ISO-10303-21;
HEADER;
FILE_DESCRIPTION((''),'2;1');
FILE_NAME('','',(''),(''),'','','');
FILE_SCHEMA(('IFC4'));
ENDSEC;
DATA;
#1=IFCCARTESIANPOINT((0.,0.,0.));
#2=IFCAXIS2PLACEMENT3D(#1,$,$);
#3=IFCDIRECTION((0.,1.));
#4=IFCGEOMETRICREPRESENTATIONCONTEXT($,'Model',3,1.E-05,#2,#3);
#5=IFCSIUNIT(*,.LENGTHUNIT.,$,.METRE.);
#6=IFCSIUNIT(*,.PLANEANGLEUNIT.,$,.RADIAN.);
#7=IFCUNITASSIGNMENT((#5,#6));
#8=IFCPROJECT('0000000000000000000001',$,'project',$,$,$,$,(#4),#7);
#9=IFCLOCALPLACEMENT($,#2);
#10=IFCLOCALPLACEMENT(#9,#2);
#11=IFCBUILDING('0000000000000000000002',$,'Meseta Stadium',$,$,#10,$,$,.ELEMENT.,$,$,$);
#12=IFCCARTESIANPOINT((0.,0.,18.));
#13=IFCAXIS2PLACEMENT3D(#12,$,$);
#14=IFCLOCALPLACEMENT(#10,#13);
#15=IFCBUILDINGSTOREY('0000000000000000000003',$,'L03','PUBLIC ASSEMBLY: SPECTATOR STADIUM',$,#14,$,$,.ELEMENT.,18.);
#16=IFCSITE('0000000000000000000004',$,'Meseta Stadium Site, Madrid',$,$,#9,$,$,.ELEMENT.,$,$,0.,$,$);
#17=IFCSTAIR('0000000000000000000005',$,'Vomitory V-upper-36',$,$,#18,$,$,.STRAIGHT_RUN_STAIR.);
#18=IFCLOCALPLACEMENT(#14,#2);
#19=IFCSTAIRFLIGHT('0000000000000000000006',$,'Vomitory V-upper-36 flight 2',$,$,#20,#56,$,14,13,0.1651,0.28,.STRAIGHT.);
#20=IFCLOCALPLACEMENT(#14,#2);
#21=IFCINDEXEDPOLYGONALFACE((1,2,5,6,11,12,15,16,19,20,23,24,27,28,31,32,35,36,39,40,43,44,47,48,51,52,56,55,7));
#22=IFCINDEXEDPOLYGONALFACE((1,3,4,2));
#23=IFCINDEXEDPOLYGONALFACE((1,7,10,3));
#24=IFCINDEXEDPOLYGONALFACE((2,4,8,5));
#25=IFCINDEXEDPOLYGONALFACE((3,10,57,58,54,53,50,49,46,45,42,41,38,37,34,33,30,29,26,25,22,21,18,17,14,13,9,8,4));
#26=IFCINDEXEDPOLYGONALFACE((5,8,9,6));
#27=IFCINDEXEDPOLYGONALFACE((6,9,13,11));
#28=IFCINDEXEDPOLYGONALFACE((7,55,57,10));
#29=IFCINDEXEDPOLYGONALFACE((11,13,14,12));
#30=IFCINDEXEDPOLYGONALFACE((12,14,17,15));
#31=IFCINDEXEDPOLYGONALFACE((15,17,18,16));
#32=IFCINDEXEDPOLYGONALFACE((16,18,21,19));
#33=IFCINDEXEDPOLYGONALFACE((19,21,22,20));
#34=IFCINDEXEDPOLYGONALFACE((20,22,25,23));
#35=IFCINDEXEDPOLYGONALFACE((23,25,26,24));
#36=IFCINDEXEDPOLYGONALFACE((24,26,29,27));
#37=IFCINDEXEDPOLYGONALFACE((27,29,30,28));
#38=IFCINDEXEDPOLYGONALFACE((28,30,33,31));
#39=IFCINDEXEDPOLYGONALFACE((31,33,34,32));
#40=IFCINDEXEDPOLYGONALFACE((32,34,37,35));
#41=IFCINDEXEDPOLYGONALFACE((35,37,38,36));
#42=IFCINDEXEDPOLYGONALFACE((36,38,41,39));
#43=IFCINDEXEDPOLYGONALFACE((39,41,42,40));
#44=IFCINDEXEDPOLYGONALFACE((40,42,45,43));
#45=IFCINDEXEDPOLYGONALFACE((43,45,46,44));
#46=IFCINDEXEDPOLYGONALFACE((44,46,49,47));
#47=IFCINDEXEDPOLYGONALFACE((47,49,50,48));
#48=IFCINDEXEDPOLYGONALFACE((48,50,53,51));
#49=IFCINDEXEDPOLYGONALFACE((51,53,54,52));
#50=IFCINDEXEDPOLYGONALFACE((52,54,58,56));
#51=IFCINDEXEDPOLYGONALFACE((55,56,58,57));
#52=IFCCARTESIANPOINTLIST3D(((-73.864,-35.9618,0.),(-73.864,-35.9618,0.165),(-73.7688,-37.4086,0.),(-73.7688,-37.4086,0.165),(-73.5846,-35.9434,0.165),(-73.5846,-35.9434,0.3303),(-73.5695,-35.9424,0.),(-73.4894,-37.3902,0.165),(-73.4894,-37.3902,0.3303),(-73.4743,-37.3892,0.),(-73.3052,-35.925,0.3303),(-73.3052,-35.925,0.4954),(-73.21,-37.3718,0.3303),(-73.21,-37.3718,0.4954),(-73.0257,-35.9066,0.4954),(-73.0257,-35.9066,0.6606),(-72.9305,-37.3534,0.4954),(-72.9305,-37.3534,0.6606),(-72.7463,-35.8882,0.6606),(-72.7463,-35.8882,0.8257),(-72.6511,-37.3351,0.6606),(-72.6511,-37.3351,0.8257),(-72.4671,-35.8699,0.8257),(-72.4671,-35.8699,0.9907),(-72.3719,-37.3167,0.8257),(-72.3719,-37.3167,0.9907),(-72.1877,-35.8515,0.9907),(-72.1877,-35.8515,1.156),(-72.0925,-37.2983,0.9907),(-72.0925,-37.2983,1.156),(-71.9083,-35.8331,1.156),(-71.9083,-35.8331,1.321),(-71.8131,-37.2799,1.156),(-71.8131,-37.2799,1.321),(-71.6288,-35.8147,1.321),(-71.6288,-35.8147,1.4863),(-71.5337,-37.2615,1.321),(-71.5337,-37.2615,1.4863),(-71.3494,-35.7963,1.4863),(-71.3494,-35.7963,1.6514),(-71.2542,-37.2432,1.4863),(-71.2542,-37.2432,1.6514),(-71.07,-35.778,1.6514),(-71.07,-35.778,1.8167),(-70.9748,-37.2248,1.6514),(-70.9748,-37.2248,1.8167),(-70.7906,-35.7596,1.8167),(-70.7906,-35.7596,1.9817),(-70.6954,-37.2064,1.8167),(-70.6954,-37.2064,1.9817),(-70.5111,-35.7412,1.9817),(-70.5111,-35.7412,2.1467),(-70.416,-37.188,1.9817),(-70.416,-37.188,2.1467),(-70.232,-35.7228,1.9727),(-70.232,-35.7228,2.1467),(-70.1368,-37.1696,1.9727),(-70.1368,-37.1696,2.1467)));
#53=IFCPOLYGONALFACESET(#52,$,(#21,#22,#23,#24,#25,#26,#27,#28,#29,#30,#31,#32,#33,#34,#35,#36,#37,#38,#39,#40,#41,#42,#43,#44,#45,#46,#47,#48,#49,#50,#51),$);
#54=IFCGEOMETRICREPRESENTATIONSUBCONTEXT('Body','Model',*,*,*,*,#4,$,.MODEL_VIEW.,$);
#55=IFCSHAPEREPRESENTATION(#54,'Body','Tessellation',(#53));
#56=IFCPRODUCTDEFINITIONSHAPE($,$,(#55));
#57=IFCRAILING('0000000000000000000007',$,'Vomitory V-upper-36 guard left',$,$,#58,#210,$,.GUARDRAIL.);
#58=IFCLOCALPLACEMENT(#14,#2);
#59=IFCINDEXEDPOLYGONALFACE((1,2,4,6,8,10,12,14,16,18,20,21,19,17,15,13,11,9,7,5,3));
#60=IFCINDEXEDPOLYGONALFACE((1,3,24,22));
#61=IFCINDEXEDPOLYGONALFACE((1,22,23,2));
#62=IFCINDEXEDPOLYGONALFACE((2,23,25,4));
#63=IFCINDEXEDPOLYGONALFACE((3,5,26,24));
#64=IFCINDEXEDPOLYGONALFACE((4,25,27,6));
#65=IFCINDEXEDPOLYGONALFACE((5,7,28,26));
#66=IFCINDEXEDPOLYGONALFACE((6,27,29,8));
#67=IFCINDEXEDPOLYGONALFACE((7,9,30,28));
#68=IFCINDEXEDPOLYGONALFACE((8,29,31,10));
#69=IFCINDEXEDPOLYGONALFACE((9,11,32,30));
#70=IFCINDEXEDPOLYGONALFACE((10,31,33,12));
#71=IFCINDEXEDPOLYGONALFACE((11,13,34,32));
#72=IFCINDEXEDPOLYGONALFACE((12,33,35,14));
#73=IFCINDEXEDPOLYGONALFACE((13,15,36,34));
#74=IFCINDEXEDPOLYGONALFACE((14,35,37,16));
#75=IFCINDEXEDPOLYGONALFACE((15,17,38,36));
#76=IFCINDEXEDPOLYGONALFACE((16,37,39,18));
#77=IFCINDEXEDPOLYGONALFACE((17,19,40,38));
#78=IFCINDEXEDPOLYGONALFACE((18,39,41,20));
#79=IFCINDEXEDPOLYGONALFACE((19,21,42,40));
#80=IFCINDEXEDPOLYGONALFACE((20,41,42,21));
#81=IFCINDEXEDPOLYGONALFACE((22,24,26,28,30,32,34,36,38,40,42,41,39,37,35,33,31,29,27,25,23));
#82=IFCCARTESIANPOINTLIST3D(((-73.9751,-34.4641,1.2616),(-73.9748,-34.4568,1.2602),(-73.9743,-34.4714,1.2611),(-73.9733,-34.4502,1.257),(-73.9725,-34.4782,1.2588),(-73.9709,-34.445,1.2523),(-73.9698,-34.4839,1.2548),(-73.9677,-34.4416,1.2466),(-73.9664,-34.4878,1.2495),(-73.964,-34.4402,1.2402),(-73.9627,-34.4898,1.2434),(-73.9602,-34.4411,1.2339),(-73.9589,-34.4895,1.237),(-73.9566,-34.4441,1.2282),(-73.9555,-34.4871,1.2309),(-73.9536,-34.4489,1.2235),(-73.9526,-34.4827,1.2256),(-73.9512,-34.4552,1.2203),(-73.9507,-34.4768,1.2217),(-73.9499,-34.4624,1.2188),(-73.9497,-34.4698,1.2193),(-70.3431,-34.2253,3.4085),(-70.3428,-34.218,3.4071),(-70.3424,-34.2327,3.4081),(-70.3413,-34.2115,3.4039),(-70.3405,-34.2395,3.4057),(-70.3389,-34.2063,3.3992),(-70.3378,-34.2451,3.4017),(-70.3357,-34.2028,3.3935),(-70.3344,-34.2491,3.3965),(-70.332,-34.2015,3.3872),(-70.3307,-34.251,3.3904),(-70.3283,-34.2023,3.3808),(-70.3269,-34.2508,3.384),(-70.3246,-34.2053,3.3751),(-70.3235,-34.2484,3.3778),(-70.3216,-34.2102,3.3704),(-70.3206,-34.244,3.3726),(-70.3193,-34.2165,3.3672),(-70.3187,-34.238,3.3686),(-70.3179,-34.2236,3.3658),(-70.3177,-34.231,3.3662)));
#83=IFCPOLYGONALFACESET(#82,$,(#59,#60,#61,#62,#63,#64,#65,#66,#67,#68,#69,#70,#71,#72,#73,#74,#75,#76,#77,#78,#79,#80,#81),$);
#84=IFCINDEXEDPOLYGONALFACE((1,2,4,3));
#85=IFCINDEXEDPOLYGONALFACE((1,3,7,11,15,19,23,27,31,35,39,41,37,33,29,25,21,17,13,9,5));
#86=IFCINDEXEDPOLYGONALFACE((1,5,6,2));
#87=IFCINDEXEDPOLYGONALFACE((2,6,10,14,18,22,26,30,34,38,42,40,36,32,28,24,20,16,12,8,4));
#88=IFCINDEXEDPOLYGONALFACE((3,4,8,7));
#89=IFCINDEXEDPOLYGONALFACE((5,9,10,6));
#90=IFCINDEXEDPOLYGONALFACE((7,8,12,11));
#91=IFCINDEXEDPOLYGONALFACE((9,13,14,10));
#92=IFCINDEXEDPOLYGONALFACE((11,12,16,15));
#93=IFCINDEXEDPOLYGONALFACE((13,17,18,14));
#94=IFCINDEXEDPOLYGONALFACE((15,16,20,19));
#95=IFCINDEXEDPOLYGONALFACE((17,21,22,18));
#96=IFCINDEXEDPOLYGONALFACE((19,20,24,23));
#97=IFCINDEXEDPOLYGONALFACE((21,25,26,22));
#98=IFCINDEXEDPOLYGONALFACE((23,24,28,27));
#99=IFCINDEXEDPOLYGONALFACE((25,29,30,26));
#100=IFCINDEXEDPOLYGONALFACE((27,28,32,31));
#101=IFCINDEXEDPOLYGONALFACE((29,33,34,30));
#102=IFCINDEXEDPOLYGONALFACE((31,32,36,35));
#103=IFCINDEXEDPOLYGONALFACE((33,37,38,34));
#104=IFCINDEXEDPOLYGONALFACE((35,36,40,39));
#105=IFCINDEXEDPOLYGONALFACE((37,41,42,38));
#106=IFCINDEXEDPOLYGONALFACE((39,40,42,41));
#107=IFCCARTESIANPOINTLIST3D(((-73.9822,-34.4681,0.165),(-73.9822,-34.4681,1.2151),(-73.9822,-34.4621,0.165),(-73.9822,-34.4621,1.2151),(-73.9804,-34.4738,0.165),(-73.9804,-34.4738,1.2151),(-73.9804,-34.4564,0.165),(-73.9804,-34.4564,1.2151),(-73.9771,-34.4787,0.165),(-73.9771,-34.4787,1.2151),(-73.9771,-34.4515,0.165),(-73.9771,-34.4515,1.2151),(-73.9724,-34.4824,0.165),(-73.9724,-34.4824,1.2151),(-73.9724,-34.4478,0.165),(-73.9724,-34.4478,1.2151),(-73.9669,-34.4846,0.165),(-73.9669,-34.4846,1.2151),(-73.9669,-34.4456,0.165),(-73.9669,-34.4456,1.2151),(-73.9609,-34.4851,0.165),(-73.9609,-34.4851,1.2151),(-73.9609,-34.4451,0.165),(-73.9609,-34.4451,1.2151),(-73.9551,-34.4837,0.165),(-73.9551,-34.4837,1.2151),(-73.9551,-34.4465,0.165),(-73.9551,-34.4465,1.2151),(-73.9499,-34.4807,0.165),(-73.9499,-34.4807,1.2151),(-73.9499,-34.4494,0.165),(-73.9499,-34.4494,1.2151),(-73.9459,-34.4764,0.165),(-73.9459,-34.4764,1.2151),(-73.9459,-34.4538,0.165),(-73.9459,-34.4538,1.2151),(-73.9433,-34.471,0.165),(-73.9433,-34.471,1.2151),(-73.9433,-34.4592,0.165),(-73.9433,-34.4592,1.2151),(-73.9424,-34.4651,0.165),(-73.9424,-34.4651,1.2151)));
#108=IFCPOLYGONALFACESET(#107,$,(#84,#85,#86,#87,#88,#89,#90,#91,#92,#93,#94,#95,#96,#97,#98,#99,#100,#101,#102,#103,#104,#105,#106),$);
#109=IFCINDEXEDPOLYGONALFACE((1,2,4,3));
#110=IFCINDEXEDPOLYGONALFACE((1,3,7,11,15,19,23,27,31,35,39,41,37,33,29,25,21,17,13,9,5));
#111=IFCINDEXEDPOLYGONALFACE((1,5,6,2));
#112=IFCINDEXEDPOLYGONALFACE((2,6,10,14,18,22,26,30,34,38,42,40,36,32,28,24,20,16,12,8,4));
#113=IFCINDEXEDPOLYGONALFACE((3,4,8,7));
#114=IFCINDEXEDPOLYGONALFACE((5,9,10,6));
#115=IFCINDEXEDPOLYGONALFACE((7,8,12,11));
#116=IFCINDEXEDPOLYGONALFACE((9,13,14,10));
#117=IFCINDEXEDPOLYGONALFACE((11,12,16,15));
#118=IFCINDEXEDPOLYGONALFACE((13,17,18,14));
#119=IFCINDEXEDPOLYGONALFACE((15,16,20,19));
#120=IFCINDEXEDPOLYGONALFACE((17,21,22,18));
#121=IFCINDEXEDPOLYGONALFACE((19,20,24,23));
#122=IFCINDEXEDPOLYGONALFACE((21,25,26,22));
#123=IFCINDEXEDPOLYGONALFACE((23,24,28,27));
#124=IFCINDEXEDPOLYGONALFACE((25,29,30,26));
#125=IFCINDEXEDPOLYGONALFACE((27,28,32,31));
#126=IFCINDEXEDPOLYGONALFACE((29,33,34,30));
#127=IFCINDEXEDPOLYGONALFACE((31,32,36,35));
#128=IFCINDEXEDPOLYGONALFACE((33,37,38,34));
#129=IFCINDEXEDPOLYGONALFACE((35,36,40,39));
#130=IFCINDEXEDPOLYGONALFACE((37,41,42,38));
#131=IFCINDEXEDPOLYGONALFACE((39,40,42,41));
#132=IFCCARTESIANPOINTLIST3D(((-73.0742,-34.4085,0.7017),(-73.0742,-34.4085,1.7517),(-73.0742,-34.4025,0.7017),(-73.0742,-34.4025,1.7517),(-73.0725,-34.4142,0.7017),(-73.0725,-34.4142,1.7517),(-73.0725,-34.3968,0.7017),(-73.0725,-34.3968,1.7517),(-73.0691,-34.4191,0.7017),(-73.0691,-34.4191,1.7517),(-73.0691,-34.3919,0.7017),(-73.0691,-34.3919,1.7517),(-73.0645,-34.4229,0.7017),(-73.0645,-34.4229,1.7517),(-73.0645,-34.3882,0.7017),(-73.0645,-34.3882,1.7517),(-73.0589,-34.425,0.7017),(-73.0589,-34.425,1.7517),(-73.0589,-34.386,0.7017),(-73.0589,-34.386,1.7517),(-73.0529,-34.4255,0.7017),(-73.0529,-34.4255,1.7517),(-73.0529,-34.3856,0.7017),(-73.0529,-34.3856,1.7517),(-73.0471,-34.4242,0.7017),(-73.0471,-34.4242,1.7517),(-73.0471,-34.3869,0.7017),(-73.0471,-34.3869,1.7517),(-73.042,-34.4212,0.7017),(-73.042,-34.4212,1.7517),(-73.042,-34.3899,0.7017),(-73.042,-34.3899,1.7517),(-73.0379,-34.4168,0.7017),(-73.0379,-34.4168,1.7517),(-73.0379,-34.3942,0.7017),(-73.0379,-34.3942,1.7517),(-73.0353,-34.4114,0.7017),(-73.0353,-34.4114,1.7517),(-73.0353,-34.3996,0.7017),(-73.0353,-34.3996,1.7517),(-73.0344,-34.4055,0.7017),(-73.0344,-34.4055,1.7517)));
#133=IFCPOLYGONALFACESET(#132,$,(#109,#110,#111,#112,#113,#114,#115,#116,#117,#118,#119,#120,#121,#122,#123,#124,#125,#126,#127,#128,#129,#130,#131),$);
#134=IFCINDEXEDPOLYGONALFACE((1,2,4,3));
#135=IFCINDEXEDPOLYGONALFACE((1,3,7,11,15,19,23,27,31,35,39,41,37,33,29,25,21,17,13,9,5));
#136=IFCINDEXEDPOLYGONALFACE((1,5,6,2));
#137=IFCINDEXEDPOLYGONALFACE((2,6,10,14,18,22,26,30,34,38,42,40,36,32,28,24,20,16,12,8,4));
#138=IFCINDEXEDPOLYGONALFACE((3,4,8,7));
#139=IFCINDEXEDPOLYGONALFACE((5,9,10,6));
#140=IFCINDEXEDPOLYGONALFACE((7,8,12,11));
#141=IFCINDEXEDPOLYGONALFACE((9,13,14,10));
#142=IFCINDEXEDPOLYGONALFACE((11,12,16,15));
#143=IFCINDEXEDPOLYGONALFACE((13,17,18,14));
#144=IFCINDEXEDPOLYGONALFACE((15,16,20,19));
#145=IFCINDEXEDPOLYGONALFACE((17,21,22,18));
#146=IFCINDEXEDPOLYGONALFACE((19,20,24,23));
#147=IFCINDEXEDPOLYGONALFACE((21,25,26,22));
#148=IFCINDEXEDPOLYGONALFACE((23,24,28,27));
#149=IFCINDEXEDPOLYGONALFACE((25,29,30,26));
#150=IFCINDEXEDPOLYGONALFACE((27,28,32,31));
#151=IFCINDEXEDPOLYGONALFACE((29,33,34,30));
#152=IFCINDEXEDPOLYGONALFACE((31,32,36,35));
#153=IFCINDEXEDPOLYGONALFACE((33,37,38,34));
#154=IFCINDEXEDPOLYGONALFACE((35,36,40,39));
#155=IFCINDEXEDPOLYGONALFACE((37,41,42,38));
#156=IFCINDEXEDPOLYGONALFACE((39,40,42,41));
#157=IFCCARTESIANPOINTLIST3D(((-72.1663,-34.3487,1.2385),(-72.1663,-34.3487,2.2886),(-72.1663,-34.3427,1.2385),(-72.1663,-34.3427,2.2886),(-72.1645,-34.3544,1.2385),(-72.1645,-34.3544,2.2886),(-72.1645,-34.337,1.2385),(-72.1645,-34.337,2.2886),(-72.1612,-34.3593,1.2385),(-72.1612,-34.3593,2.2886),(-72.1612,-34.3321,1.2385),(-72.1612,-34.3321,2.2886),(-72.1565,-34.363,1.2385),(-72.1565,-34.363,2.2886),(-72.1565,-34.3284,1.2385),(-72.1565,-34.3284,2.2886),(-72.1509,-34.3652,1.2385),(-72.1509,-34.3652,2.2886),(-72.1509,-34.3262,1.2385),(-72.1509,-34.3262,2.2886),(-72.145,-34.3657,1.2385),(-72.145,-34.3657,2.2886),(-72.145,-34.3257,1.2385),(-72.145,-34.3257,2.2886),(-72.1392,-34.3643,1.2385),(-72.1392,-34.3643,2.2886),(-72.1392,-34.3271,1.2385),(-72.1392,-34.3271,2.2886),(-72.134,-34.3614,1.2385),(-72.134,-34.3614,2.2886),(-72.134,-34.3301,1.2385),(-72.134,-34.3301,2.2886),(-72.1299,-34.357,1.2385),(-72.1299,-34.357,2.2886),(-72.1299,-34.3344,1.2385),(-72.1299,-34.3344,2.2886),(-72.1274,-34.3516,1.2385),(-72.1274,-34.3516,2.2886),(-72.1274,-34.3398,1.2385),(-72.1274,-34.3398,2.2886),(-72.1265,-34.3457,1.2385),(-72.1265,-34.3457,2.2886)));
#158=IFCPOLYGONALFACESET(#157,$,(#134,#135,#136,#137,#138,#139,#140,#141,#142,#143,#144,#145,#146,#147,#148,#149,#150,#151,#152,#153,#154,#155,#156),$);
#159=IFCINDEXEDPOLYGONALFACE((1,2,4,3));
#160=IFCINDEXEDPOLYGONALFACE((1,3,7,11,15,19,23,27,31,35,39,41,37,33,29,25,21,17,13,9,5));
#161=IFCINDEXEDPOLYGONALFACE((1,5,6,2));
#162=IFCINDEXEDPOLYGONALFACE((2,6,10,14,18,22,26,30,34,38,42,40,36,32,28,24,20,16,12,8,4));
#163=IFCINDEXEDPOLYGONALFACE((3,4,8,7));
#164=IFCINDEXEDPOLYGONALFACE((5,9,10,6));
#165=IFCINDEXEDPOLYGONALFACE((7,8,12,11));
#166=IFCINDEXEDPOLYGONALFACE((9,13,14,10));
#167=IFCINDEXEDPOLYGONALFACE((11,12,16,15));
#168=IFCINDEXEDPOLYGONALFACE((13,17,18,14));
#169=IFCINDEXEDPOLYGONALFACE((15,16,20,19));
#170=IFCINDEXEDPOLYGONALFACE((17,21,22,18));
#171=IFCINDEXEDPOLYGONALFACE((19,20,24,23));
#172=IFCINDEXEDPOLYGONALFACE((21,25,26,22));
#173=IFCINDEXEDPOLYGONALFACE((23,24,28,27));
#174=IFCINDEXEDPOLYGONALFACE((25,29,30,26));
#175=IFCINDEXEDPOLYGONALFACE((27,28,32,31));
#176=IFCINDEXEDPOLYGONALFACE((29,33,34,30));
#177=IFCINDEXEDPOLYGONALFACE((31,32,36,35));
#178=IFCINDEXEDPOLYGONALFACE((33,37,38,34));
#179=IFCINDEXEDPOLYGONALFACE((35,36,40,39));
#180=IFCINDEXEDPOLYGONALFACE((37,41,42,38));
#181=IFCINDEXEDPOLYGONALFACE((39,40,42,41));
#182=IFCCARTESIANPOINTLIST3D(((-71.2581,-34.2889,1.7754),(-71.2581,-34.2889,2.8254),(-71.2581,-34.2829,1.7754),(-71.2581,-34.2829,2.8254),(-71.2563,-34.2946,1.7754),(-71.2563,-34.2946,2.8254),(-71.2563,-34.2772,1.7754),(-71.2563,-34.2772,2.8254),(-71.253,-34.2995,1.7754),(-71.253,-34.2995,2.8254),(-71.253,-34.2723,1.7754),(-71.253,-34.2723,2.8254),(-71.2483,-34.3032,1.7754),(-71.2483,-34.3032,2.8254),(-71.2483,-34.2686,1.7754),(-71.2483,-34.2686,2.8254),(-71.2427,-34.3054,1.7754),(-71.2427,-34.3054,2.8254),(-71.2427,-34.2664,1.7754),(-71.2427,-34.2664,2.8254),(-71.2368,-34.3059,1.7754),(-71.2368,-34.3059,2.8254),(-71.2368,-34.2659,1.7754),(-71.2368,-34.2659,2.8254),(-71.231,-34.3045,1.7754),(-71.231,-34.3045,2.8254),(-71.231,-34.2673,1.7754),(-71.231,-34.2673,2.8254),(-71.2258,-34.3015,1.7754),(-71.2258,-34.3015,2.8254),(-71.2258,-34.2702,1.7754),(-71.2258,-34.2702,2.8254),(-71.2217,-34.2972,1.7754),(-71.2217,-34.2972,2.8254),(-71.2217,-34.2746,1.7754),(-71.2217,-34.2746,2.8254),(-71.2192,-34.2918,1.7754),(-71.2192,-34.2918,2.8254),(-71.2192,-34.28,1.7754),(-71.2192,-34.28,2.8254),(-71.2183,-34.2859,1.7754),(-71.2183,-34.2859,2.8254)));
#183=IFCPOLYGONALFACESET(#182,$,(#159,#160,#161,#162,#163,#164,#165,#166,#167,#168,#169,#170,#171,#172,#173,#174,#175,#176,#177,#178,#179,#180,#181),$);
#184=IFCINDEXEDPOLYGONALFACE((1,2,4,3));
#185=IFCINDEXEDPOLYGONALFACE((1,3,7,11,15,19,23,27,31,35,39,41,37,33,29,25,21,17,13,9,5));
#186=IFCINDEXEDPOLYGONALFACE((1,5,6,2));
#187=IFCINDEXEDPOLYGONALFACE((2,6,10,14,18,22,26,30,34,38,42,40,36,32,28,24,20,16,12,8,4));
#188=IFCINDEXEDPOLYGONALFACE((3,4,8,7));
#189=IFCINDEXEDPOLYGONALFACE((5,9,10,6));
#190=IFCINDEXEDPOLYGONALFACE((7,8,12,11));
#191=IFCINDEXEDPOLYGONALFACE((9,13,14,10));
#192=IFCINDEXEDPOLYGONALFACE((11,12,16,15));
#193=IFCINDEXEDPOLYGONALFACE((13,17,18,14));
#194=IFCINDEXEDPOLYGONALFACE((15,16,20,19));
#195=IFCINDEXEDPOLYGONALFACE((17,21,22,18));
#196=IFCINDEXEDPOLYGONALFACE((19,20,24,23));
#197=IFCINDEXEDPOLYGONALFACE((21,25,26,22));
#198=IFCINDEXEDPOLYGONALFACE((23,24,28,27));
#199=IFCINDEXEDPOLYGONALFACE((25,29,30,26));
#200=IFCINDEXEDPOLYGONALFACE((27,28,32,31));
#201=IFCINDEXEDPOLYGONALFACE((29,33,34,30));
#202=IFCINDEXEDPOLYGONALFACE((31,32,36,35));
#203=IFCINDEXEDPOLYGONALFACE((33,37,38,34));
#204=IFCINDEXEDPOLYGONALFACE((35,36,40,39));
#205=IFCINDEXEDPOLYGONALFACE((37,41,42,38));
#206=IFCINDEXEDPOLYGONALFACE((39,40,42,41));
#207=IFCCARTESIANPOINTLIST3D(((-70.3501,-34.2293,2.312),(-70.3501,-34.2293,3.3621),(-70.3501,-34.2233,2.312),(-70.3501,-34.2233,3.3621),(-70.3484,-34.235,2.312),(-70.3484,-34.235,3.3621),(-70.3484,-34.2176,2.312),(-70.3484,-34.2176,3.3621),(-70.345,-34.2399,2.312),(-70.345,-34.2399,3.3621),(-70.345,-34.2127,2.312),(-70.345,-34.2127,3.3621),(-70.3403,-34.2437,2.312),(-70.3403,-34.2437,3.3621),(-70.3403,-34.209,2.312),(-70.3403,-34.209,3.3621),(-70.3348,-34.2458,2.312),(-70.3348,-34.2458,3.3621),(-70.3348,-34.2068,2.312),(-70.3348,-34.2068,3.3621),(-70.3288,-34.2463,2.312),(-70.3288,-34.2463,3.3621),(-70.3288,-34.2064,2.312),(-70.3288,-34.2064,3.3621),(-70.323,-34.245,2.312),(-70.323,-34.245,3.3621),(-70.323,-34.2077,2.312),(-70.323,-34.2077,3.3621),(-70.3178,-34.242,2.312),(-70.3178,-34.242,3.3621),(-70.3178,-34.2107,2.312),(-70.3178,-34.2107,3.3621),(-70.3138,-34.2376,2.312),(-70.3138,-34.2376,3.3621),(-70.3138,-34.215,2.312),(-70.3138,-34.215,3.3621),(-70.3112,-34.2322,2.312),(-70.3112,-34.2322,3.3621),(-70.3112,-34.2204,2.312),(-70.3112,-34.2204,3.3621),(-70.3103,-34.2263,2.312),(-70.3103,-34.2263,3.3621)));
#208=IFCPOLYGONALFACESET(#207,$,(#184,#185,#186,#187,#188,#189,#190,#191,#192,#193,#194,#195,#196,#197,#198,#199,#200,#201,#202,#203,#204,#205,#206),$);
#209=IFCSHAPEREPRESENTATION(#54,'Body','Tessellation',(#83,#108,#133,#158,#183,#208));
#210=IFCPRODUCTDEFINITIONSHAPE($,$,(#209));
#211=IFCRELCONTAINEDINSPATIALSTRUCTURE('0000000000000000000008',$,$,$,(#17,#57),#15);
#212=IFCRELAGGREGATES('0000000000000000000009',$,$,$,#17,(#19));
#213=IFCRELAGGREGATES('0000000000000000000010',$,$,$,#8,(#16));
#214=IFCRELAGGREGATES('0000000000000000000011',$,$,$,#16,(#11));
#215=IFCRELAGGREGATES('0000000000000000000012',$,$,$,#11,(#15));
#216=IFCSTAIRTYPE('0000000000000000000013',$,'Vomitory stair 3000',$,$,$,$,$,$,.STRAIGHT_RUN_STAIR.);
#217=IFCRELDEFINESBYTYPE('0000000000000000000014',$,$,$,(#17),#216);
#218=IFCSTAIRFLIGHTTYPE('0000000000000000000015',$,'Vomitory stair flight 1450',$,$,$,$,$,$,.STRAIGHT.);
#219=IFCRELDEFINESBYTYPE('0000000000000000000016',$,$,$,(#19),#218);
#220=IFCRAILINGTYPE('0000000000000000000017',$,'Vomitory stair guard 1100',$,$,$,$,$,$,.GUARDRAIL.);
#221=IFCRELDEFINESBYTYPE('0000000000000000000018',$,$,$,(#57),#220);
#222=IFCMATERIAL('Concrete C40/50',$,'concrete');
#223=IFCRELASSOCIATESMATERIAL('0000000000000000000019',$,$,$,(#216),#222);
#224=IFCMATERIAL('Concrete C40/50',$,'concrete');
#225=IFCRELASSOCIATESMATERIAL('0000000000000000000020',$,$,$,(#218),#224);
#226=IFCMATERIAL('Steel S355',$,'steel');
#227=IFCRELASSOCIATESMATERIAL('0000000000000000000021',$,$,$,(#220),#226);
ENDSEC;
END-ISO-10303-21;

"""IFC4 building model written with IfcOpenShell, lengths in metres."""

from ifc_helpers import new_model, si_unit, direction, frame, origin, origin_2d, place, context, subcontext, project, spatial, polyline, circle, outline, extrude, material, type_object, element, aggregate, save


model = new_model("IFC4")

# Units and contexts
model_context = context("Model", 3, precision=1e-05, world=origin(), true_north=direction((0.0, 1.0)))
body_context = subcontext(model_context, "Body", "Model", "MODEL_VIEW")
ifc_project = project(units=[si_unit("LENGTHUNIT", "METRE"), si_unit("PLANEANGLEUNIT", "RADIAN")], contexts=[model_context])

# Site, building, storey
site_placement = place(None, origin())
site = spatial("IfcSite", under=ifc_project, at=site_placement, Name="Meseta Stadium Site, Madrid", CompositionType="ELEMENT", RefElevation=0.0)
building_placement = place(site_placement, origin())
building = spatial("IfcBuilding", under=site, at=building_placement, Name="Meseta Stadium", CompositionType="ELEMENT")
storey_placement = place(building_placement, frame((0.0, 0.0, 18.0)))
storey = spatial("IfcBuildingStorey", under=building, at=storey_placement, Name="L03", Description="PUBLIC ASSEMBLY: SPECTATOR STADIUM", CompositionType="ELEMENT", Elevation=18.0)

# Stair, stair flight
ifc_material_1 = material(Name="Concrete C40/50", Category="concrete")
stair_type = type_object("IfcStairType", Name="Vomitory stair 3000", PredefinedType="STRAIGHT_RUN_STAIR", material=ifc_material_1)
stair_placement = place(storey_placement, origin())
stair = element("IfcStair", 1, at=stair_placement, inside=storey, type_object=stair_type, Name="Vomitory V-upper-36", PredefinedType="STRAIGHT_RUN_STAIR")
ifc_material_2 = material(Name="Concrete C40/50", Category="concrete")
stair_flight_type = type_object("IfcStairFlightType", Name="Vomitory stair flight 1450", PredefinedType="STRAIGHT", material=ifc_material_2)
stair_flight_1_placement = place(storey_placement, frame((-73.8164, -36.6853, 0.0), z_axis=(0.0, 0.0, 1.0), x_axis=(0.997843, 0.065647, 0.0)))
stair_flight_1 = element("IfcStairFlight", 2, at=stair_flight_1_placement, type_object=stair_flight_type, Name="Vomitory V-upper-36 flight 2", NumberOfRisers=14, NumberOfTreads=13, PredefinedType="STRAIGHT", RiserHeight=0.1651, TreadLength=0.28, context=body_context, shape_type="SweptSolid", body=[
    extrude(outline(polyline([(0.0, 0.0), (0.0, 0.165), (0.28, 0.165), (0.28, 0.3303), (0.5601, 0.3303), (0.5601, 0.4954), (0.8401, 0.4954), (0.8401, 0.6606), (1.1201, 0.6606), (1.1201, 0.8257), (1.3999, 0.8257), (1.3999, 0.9907), (1.6799, 0.9907), (1.6799, 1.156), (1.96, 1.156), (1.96, 1.321), (2.24, 1.321), (2.24, 1.4863), (2.52, 1.4863), (2.52, 1.6514), (2.8, 1.6514), (2.8, 1.8167), (3.0801, 1.8167), (3.0801, 1.9817), (3.3601, 1.9817), (3.3601, 2.1467), (3.6399, 2.1467), (3.6399, 1.9727), (0.2952, 0.0), (0.0, 0.0)])), frame((0.0, 0.7251, 0.0), z_axis=(0.0, -1.0, 0.0), x_axis=(1.0, 0.0, 0.0)), (0.0, 0.0, 1.0), 1.45),
])
aggregate(stair, [stair_flight_1])

# Railing
ifc_material_3 = material(Name="Steel S355", Category="steel")
railing_type_1 = type_object("IfcRailingType", Name="Vomitory stair guard 1100", PredefinedType="GUARDRAIL", material=ifc_material_3)
railing_1_placement = place(storey_placement, frame((-73.9624, -34.4651, 0.165)))
element("IfcRailing", 3, at=railing_1_placement, inside=storey, type_object=railing_type_1, Name="Vomitory V-upper-36 guard left", PredefinedType="GUARDRAIL", context=body_context, shape_type="SweptSolid", body=[
    extrude(circle(Radius=0.0249, at=origin_2d()), frame((0.0, 0.0, 1.0752), z_axis=(0.859474, 0.056501, 0.508047), x_axis=(-0.065597, 0.997846, 0.0)), (0.0, 0.0, 1.0), 4.2258),
    extrude(circle(Radius=0.02, at=origin_2d()), origin(), (0.0, 0.0, 1.0), 1.05),
    extrude(circle(Radius=0.02, at=origin_2d()), frame((0.908, 0.0596, 0.5366)), (0.0, 0.0, 1.0), 1.05),
    extrude(circle(Radius=0.02, at=origin_2d()), frame((1.8159, 0.1194, 1.0735)), (0.0, 0.0, 1.0), 1.05),
    extrude(circle(Radius=0.02, at=origin_2d()), frame((2.7241, 0.1792, 1.6104)), (0.0, 0.0, 1.0), 1.05),
    extrude(circle(Radius=0.02, at=origin_2d()), frame((3.6321, 0.2388, 2.147)), (0.0, 0.0, 1.0), 1.05),
])

save(model, "model.ifc")
